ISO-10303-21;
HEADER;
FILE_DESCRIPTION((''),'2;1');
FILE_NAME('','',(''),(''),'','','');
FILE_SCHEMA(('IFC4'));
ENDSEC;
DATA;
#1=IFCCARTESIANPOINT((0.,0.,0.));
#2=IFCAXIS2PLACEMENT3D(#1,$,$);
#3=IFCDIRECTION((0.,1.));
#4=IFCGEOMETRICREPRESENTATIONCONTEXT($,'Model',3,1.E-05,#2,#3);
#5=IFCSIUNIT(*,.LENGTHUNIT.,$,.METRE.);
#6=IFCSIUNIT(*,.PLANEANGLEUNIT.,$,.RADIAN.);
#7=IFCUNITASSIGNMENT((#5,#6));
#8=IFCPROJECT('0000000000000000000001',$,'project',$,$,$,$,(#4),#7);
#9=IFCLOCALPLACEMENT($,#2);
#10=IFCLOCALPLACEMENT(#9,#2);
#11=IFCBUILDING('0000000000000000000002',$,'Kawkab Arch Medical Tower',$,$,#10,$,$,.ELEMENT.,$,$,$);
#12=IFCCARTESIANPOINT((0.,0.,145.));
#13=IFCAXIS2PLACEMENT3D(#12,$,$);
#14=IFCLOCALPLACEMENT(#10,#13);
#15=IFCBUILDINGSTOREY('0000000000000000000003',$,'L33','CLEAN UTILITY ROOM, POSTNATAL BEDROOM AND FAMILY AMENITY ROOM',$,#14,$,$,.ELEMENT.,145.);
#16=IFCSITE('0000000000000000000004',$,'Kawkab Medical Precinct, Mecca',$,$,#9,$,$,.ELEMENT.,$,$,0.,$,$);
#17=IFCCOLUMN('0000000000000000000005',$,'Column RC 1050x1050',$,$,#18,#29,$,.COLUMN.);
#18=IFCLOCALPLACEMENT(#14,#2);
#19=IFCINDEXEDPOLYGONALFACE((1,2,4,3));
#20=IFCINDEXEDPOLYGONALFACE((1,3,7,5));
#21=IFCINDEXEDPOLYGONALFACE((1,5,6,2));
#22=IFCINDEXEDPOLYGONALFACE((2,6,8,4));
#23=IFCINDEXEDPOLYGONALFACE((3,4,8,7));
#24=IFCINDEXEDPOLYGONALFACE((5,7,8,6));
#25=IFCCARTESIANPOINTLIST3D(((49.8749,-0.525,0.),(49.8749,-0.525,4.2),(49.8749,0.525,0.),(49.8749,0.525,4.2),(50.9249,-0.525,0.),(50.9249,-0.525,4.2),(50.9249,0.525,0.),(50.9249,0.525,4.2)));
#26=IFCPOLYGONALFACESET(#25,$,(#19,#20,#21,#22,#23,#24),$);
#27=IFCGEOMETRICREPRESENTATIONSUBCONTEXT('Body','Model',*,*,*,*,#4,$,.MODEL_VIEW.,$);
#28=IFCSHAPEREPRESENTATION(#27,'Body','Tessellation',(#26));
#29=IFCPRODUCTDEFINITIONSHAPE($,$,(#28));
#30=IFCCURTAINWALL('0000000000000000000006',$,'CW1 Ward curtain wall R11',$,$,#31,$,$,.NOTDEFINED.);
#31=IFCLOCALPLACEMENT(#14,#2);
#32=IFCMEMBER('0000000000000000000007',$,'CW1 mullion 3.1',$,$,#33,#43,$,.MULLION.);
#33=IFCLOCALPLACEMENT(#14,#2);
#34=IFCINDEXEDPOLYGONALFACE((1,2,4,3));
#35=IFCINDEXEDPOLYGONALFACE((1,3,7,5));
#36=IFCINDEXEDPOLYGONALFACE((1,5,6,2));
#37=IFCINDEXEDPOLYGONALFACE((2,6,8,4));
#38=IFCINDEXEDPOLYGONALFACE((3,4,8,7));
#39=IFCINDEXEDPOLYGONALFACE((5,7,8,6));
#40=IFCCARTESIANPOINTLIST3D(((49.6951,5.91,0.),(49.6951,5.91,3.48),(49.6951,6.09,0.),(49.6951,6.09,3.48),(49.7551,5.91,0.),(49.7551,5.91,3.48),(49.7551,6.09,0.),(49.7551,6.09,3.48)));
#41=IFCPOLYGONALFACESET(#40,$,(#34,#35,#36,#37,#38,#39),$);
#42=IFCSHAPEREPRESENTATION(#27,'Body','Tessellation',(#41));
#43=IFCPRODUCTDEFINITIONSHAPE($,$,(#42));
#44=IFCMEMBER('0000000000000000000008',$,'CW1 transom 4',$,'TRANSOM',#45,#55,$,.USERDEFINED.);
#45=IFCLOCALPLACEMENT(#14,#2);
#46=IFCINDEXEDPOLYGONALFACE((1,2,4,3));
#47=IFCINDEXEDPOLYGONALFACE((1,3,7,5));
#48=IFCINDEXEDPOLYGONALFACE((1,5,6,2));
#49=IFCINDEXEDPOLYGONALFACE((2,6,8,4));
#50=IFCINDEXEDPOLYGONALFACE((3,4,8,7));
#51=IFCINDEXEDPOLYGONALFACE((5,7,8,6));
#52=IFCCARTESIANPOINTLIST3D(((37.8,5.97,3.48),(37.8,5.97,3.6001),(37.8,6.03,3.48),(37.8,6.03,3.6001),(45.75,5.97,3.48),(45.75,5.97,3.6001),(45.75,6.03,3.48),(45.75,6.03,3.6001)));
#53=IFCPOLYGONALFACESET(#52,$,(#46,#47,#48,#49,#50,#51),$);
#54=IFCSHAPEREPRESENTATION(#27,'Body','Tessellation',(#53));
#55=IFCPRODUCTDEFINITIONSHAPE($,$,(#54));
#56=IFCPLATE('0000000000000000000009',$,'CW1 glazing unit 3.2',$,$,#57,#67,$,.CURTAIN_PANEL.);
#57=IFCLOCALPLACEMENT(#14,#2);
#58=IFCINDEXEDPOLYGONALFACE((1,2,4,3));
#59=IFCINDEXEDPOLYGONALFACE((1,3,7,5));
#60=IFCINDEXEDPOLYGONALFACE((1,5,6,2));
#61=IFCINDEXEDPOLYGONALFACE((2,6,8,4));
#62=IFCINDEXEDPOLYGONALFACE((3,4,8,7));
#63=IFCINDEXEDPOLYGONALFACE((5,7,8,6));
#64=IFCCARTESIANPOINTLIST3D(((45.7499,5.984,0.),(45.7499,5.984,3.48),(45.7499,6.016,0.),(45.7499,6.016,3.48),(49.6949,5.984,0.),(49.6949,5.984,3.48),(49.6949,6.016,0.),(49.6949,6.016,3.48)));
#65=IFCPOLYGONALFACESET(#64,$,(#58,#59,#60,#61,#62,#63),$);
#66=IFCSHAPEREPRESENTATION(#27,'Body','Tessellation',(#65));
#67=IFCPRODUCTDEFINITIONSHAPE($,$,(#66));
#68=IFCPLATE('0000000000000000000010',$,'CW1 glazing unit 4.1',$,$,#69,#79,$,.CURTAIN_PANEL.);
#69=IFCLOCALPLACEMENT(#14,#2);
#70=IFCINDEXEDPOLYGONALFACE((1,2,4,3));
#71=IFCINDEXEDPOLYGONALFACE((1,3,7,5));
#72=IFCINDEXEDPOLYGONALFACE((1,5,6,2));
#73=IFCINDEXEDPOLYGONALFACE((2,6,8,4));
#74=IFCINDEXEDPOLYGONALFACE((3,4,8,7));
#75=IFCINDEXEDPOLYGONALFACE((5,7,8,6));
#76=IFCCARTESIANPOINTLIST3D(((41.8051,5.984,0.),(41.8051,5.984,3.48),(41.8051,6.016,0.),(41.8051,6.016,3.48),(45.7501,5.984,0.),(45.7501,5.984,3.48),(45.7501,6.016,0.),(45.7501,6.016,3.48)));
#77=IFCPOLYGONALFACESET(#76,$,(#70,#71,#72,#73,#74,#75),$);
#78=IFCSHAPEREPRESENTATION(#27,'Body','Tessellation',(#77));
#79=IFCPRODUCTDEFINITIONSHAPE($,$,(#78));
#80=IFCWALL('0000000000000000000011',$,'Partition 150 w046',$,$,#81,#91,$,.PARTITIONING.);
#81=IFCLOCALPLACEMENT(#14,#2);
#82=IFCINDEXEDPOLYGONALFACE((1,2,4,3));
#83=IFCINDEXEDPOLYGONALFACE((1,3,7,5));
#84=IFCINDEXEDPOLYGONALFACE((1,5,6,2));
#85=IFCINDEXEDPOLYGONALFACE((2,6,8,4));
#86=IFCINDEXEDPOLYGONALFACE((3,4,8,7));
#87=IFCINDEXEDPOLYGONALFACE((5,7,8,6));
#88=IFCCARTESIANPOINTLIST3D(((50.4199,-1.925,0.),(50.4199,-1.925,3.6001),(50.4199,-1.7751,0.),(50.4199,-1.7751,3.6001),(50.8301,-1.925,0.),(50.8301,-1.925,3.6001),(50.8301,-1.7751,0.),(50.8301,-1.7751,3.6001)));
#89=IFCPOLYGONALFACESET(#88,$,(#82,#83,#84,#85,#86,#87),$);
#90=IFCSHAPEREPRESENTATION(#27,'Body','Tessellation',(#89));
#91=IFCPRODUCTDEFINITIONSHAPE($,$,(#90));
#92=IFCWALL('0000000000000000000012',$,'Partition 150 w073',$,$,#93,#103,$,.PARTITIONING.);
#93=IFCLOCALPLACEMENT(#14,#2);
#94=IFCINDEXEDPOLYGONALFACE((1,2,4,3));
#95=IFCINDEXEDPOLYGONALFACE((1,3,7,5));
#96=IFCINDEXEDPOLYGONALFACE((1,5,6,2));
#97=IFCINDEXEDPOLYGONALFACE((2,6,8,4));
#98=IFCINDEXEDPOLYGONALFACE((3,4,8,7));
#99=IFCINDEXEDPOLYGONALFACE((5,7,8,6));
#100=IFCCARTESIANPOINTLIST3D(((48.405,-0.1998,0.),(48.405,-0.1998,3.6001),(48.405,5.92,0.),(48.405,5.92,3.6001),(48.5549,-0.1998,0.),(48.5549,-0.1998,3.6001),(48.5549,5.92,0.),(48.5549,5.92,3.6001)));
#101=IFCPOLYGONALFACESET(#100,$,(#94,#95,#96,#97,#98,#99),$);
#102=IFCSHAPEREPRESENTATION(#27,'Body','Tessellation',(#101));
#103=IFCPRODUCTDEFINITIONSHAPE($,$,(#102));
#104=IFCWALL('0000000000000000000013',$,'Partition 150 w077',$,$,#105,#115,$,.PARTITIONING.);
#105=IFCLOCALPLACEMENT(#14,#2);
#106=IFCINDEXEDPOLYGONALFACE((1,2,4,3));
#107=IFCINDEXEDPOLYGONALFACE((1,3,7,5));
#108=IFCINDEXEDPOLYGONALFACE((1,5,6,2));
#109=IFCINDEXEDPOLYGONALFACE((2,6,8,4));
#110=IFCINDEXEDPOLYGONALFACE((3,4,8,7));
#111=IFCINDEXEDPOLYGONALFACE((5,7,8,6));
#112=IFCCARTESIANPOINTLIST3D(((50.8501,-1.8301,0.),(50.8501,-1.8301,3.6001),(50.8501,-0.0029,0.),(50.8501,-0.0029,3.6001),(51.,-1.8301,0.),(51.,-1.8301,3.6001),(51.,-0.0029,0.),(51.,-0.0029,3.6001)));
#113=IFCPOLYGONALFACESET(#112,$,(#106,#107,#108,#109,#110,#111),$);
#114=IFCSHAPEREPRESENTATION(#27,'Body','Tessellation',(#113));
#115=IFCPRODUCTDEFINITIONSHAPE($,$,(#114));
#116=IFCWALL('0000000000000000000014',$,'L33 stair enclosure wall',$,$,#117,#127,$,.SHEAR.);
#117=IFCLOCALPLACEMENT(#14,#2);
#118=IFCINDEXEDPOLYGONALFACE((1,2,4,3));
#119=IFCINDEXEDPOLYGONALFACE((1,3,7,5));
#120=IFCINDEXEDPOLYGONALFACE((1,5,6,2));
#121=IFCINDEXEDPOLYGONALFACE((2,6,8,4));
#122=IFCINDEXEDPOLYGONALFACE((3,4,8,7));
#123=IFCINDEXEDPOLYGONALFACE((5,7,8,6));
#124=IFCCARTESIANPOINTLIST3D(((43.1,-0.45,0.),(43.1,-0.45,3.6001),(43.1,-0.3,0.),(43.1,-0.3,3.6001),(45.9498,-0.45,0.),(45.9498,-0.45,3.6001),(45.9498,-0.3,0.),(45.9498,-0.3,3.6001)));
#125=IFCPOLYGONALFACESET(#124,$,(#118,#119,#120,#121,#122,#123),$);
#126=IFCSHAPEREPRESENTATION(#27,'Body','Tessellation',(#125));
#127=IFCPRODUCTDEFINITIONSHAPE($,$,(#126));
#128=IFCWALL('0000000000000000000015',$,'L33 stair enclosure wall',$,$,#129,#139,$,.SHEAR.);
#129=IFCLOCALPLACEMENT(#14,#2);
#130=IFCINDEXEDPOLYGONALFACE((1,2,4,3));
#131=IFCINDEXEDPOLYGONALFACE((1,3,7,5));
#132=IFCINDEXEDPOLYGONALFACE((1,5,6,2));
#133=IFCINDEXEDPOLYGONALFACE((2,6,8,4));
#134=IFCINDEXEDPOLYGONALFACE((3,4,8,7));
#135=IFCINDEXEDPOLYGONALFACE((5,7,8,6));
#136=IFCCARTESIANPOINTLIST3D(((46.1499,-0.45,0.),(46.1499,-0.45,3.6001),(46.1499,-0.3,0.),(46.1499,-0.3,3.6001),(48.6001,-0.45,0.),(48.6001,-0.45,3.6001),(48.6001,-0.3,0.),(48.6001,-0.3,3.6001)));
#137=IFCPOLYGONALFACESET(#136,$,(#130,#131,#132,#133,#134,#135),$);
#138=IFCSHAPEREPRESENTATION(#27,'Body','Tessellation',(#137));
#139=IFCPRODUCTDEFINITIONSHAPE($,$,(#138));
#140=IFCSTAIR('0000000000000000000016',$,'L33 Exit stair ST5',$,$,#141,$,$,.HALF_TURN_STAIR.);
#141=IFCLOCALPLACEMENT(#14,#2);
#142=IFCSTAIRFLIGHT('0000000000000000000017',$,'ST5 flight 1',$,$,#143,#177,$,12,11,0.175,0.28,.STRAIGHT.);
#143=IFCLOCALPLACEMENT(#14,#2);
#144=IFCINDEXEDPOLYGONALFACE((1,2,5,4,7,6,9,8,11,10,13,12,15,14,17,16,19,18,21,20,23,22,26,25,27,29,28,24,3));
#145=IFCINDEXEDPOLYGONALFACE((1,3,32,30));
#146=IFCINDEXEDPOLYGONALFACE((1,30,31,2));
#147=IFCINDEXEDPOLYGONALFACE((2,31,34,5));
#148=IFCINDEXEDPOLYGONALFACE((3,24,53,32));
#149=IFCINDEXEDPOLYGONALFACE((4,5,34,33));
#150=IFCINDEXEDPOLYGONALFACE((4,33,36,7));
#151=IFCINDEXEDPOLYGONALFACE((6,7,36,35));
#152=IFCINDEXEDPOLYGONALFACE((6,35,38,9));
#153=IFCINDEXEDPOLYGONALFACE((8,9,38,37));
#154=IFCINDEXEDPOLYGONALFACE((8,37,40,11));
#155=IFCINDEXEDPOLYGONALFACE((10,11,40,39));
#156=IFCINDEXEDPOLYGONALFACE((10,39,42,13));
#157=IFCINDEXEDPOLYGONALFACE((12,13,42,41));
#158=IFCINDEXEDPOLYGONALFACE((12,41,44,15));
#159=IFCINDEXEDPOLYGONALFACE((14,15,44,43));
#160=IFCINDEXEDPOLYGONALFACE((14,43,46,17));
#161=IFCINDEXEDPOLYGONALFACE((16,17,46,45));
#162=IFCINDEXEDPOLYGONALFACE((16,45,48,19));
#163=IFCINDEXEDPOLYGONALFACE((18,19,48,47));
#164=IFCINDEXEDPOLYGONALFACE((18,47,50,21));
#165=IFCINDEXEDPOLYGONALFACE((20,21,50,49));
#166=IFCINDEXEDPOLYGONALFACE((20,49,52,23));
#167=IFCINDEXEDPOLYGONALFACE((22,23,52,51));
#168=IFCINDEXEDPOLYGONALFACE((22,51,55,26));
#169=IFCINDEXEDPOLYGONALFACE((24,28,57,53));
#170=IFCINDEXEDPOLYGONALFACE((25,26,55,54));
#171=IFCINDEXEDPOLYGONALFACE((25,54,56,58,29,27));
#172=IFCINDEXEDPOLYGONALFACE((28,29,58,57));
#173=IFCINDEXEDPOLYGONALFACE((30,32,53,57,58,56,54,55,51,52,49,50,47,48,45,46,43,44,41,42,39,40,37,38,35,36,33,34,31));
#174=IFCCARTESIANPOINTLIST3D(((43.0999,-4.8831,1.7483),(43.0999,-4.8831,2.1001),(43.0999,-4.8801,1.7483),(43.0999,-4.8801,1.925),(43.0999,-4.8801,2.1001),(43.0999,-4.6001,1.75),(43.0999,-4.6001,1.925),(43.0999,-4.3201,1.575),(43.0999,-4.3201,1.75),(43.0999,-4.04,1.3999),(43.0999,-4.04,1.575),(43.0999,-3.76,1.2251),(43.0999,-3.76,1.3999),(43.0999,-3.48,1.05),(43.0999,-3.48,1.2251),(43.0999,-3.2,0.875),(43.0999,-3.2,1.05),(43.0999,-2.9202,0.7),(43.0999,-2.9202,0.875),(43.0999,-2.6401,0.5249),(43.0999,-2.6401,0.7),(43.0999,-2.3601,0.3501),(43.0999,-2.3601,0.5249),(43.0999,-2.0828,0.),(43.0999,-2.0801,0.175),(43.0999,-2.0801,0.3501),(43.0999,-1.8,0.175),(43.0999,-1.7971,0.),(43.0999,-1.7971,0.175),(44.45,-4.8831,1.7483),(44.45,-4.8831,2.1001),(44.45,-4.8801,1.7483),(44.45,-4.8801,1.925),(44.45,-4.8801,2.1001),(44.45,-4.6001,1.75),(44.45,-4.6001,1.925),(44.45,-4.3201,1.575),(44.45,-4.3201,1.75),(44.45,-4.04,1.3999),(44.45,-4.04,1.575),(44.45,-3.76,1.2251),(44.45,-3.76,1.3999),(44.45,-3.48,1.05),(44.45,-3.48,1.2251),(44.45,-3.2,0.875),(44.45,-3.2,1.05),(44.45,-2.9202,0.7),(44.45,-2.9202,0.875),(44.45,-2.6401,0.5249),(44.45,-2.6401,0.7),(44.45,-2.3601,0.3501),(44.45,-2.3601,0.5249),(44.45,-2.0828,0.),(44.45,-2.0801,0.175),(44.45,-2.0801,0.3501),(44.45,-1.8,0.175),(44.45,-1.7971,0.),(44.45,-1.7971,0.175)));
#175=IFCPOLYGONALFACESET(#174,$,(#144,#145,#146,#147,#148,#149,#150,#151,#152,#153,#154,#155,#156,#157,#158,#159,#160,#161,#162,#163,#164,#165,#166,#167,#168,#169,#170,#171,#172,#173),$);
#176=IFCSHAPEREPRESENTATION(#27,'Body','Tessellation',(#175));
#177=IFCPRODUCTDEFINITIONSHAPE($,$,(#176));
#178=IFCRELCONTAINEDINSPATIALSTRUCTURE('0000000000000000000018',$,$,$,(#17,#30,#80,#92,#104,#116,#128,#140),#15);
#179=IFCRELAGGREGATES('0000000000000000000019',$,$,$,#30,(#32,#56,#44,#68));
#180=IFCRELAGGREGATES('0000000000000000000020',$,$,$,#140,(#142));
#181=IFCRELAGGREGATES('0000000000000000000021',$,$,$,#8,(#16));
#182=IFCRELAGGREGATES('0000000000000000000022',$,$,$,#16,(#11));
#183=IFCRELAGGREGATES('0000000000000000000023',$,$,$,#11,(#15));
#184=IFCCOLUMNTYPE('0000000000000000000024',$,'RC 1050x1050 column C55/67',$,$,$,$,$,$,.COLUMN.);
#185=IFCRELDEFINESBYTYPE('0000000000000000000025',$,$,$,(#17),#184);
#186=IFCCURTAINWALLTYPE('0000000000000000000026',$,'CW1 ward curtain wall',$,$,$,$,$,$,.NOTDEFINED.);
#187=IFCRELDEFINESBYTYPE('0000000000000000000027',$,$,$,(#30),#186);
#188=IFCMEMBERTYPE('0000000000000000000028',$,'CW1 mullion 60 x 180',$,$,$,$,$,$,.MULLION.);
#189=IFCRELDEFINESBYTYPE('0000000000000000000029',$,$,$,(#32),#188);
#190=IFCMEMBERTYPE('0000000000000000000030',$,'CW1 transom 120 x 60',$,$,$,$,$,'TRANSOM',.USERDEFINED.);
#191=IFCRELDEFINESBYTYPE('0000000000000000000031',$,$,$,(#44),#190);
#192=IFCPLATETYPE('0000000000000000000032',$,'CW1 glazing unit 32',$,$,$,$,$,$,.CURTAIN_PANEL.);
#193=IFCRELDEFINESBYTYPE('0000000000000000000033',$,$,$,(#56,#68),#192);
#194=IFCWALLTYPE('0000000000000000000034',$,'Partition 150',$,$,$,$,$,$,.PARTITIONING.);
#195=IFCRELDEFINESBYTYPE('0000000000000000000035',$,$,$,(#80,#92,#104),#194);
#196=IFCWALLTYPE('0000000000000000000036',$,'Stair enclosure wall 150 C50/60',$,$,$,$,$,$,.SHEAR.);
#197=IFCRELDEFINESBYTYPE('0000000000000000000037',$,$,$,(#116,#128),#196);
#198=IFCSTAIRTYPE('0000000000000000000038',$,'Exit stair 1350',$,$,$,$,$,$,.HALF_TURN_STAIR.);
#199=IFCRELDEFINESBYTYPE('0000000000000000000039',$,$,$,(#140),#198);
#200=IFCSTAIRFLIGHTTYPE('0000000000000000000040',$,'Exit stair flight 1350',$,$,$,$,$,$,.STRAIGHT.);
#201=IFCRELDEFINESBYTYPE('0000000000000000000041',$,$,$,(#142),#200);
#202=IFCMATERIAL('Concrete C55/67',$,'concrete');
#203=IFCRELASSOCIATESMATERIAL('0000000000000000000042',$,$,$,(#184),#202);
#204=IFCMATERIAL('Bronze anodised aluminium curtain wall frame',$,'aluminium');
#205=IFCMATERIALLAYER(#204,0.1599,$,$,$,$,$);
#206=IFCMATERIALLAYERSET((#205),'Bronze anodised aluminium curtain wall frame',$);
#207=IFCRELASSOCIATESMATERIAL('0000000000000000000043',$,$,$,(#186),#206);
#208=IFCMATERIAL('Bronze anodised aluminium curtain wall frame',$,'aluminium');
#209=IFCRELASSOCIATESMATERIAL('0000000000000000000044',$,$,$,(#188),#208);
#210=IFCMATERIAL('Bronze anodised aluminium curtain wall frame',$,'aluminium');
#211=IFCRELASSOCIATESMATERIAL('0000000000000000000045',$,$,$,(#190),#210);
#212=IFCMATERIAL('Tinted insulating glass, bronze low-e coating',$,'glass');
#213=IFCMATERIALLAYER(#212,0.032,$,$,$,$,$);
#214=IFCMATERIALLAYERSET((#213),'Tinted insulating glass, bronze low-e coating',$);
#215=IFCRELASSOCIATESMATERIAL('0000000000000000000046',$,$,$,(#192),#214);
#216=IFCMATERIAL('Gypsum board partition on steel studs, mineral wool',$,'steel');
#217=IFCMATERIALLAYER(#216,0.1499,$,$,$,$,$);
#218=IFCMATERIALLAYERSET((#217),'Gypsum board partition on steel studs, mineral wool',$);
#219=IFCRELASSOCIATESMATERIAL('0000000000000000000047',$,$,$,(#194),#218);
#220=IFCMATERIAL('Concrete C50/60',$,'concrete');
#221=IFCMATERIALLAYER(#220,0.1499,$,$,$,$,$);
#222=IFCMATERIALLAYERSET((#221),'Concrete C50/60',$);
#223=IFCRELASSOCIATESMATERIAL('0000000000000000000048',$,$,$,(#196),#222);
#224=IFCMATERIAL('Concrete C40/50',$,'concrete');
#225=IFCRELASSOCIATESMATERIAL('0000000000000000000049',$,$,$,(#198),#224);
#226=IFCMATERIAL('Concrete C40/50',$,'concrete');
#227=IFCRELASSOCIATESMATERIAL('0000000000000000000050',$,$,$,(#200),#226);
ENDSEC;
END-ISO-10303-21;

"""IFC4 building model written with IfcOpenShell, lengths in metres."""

from ifc_helpers import new_model, si_unit, direction, frame, frame_2d, origin, origin_2d, place, context, subcontext, project, spatial, polyline, rectangle, outline, extrude, material, layer, layer_set, material_profile, profile_set, type_object, element, aggregate, save


model = new_model("IFC4")

# Units and contexts
model_context = context("Model", 3, precision=1e-05, world=origin(), true_north=direction((0.0, 1.0)))
body_context = subcontext(model_context, "Body", "Model", "MODEL_VIEW")
ifc_project = project(units=[si_unit("LENGTHUNIT", "METRE"), si_unit("PLANEANGLEUNIT", "RADIAN")], contexts=[model_context])

# Site, building, storey
site_placement = place(None, origin())
site = spatial("IfcSite", under=ifc_project, at=site_placement, Name="Kawkab Medical Precinct, Mecca", CompositionType="ELEMENT", RefElevation=0.0)
building_placement = place(site_placement, origin())
building = spatial("IfcBuilding", under=site, at=building_placement, Name="Kawkab Arch Medical Tower", CompositionType="ELEMENT")
storey_placement = place(building_placement, frame((0.0, 0.0, 145.0)))
storey = spatial("IfcBuildingStorey", under=building, at=storey_placement, Name="L33", Description="CLEAN UTILITY ROOM, POSTNATAL BEDROOM AND FAMILY AMENITY ROOM", CompositionType="ELEMENT", Elevation=145.0)

# Column
ifc_material_1 = material(Name="Concrete C55/67", Category="concrete")
ifc_material_profile_1 = material_profile(ifc_material_1, rectangle(XDim=1.05, YDim=1.05, at=origin_2d()), Name="RC 1050x1050")
ifc_profile_set_1 = profile_set([ifc_material_profile_1], Name="Concrete C55/67")
column_type = type_object("IfcColumnType", Name="RC 1050x1050 column C55/67", PredefinedType="COLUMN", material=ifc_profile_set_1)
column_placement = place(storey_placement, frame((50.3999, 0.0, 0.0), z_axis=(0.0, 0.0, 1.0), x_axis=(1.0, 0.0, 0.0)))
element("IfcColumn", 1, at=column_placement, inside=storey, type_object=column_type, Name="Column RC 1050x1050", PredefinedType="COLUMN", context=body_context, shape_type="SweptSolid", body=[
    extrude(rectangle(XDim=1.05, YDim=1.05, at=origin_2d()), origin(), (0.0, 0.0, 1.0), 4.2),
])

# Curtain wall, members, plates
ifc_material_2 = material(Name="Bronze anodised aluminium curtain wall frame", Category="aluminium")
ifc_layer_1 = layer(ifc_material_2, 0.1599)
ifc_layer_set_1 = layer_set([ifc_layer_1], Name="Bronze anodised aluminium curtain wall frame")
curtain_wall_type = type_object("IfcCurtainWallType", Name="CW1 ward curtain wall", PredefinedType="NOTDEFINED", material=ifc_layer_set_1)
placement = place(storey_placement, origin())
curtain_wall = element("IfcCurtainWall", 2, at=placement, inside=storey, type_object=curtain_wall_type, Name="CW1 Ward curtain wall R11", PredefinedType="NOTDEFINED")
ifc_material_3 = material(Name="Bronze anodised aluminium curtain wall frame", Category="aluminium")
ifc_material_profile_2 = material_profile(ifc_material_3, rectangle(XDim=0.1799, YDim=0.0601, at=origin_2d()), Name="AL 60x180")
ifc_profile_set_2 = profile_set([ifc_material_profile_2], Name="Bronze anodised aluminium curtain wall frame")
member_type_1 = type_object("IfcMemberType", Name="CW1 mullion 60 x 180", PredefinedType="MULLION", material=ifc_profile_set_2)
member_1_placement = place(storey_placement, frame((49.7251, 6.0, 0.0), z_axis=(0.0, 0.0, 1.0), x_axis=(0.0, -1.0, 0.0)))
member_1 = element("IfcMember", 3, at=member_1_placement, type_object=member_type_1, Name="CW1 mullion 3.1", PredefinedType="MULLION", context=body_context, shape_type="SweptSolid", body=[
    extrude(rectangle(XDim=0.1799, YDim=0.0601, at=origin_2d()), origin(), (0.0, 0.0, 1.0), 3.48),
])
ifc_material_4 = material(Name="Bronze anodised aluminium curtain wall frame", Category="aluminium")
ifc_material_profile_3 = material_profile(ifc_material_4, rectangle(XDim=0.0601, YDim=0.1201, at=origin_2d()), Name="AL 60x120")
ifc_profile_set_3 = profile_set([ifc_material_profile_3], Name="Bronze anodised aluminium curtain wall frame")
member_type_2 = type_object("IfcMemberType", Name="CW1 transom 120 x 60", ElementType="TRANSOM", PredefinedType="USERDEFINED", material=ifc_profile_set_3)
member_2_placement = place(storey_placement, frame((45.75, 6.0, 3.54), z_axis=(-1.0, 0.0, 0.0), x_axis=(0.0, -1.0, 0.0)))
member_2 = element("IfcMember", 4, at=member_2_placement, type_object=member_type_2, Name="CW1 transom 4", ObjectType="TRANSOM", PredefinedType="USERDEFINED", context=body_context, shape_type="SweptSolid", body=[
    extrude(rectangle(XDim=0.0601, YDim=0.1201, at=origin_2d()), origin(), (0.0, 0.0, 1.0), 7.95),
])
ifc_material_5 = material(Name="Tinted insulating glass, bronze low-e coating", Category="glass")
ifc_layer_2 = layer(ifc_material_5, 0.032)
ifc_layer_set_2 = layer_set([ifc_layer_2], Name="Tinted insulating glass, bronze low-e coating")
plate_type = type_object("IfcPlateType", Name="CW1 glazing unit 32", PredefinedType="CURTAIN_PANEL", material=ifc_layer_set_2)
plate_1_placement = place(storey_placement, frame((47.7224, 6.0, 0.0), z_axis=(0.0, 0.0, 1.0), x_axis=(-1.0, 0.0, 0.0)))
plate_1 = element("IfcPlate", 5, at=plate_1_placement, type_object=plate_type, Name="CW1 glazing unit 3.2", PredefinedType="CURTAIN_PANEL", context=body_context, shape_type="SweptSolid", body=[
    extrude(rectangle(XDim=3.9451, YDim=0.032, at=origin_2d()), origin(), (0.0, 0.0, 1.0), 3.48),
])
plate_2_placement = place(storey_placement, frame((43.7776, 6.0, 0.0), z_axis=(0.0, 0.0, 1.0), x_axis=(-1.0, 0.0, 0.0)))
plate_2 = element("IfcPlate", 6, at=plate_2_placement, type_object=plate_type, Name="CW1 glazing unit 4.1", PredefinedType="CURTAIN_PANEL", context=body_context, shape_type="SweptSolid", body=[
    extrude(rectangle(XDim=3.9451, YDim=0.032, at=origin_2d()), origin(), (0.0, 0.0, 1.0), 3.48),
])
aggregate(curtain_wall, [member_1, plate_1, member_2, plate_2])

# Walls
ifc_material_6 = material(Name="Gypsum board partition on steel studs, mineral wool", Category="steel")
ifc_layer_3 = layer(ifc_material_6, 0.1499)
ifc_layer_set_3 = layer_set([ifc_layer_3], Name="Gypsum board partition on steel studs, mineral wool")
wall_type_1 = type_object("IfcWallType", Name="Partition 150", PredefinedType="PARTITIONING", material=ifc_layer_set_3)
wall_1_placement = place(storey_placement, frame((50.4199, -1.8501, 0.0), z_axis=(0.0, 0.0, 1.0), x_axis=(1.0, 0.0, 0.0)))
element("IfcWall", 7, at=wall_1_placement, inside=storey, type_object=wall_type_1, Name="Partition 150 w046", PredefinedType="PARTITIONING", context=body_context, shape_type="SweptSolid", body=[
    extrude(rectangle(XDim=0.4102, YDim=0.1499, at=frame_2d((0.2051, 0.0))), origin(), (0.0, 0.0, 1.0), 3.6001),
])
wall_2_placement = place(storey_placement, frame((48.48, -0.2, 0.0), z_axis=(0.0, 0.0, 1.0), x_axis=(0.0, 1.0, 0.0)))
element("IfcWall", 8, at=wall_2_placement, inside=storey, type_object=wall_type_1, Name="Partition 150 w073", PredefinedType="PARTITIONING", context=body_context, shape_type="SweptSolid", body=[
    extrude(rectangle(XDim=6.1199, YDim=0.1499, at=frame_2d((3.0601, 0.0))), origin(), (0.0, 0.0, 1.0), 3.6001),
])
wall_3_placement = place(storey_placement, frame((50.925, -1.8301, 0.0), z_axis=(0.0, 0.0, 1.0), x_axis=(0.0, 1.0, 0.0)))
element("IfcWall", 9, at=wall_3_placement, inside=storey, type_object=wall_type_1, Name="Partition 150 w077", PredefinedType="PARTITIONING", context=body_context, shape_type="SweptSolid", body=[
    extrude(rectangle(XDim=1.8271, YDim=0.1499, at=frame_2d((0.9136, 0.0))), origin(), (0.0, 0.0, 1.0), 3.6001),
])
ifc_material_7 = material(Name="Concrete C50/60", Category="concrete")
ifc_layer_4 = layer(ifc_material_7, 0.1499)
ifc_layer_set_4 = layer_set([ifc_layer_4], Name="Concrete C50/60")
wall_type_2 = type_object("IfcWallType", Name="Stair enclosure wall 150 C50/60", PredefinedType="SHEAR", material=ifc_layer_set_4)
wall_4_placement = place(storey_placement, frame((43.1001, -0.375, 0.0), z_axis=(0.0, 0.0, 1.0), x_axis=(1.0, 0.0, 0.0)))
element("IfcWall", 10, at=wall_4_placement, inside=storey, type_object=wall_type_2, Name="L33 stair enclosure wall", PredefinedType="SHEAR", context=body_context, shape_type="SweptSolid", body=[
    extrude(rectangle(XDim=2.8499, YDim=0.1499, at=frame_2d((1.4248, 0.0))), origin(), (0.0, 0.0, 1.0), 3.6001),
])
wall_5_placement = place(storey_placement, frame((46.1499, -0.375, 0.0), z_axis=(0.0, 0.0, 1.0), x_axis=(1.0, 0.0, 0.0)))
element("IfcWall", 11, at=wall_5_placement, inside=storey, type_object=wall_type_2, Name="L33 stair enclosure wall", PredefinedType="SHEAR", context=body_context, shape_type="SweptSolid", body=[
    extrude(rectangle(XDim=2.4502, YDim=0.1499, at=frame_2d((1.2251, 0.0))), origin(), (0.0, 0.0, 1.0), 3.6001),
])

# Stair, stair flight
ifc_material_8 = material(Name="Concrete C40/50", Category="concrete")
stair_type = type_object("IfcStairType", Name="Exit stair 1350", PredefinedType="HALF_TURN_STAIR", material=ifc_material_8)
stair = element("IfcStair", 12, at=placement, inside=storey, type_object=stair_type, Name="L33 Exit stair ST5", PredefinedType="HALF_TURN_STAIR")
ifc_material_9 = material(Name="Concrete C40/50", Category="concrete")
stair_flight_type = type_object("IfcStairFlightType", Name="Exit stair flight 1350", PredefinedType="STRAIGHT", material=ifc_material_9)
stair_flight_placement = place(storey_placement, frame((43.7749, -1.8, 0.0), z_axis=(0.0, 0.0, 1.0), x_axis=(0.0, -1.0, 0.0)))
stair_flight = element("IfcStairFlight", 13, at=stair_flight_placement, type_object=stair_flight_type, Name="ST5 flight 1", NumberOfRisers=12, NumberOfTreads=11, PredefinedType="STRAIGHT", RiserHeight=0.175, TreadLength=0.28, context=body_context, shape_type="SweptSolid", body=[
    extrude(outline(polyline([(-0.0029, 0.0), (-0.0029, 0.175), (0.0, 0.175), (0.28, 0.175), (0.28, 0.3501), (0.5601, 0.3501), (0.5601, 0.5249), (0.8401, 0.5249), (0.8401, 0.7), (1.1201, 0.7), (1.1201, 0.875), (1.3999, 0.875), (1.3999, 1.05), (1.6799, 1.05), (1.6799, 1.2251), (1.96, 1.2251), (1.96, 1.3999), (2.24, 1.3999), (2.24, 1.575), (2.52, 1.575), (2.52, 1.75), (2.8, 1.75), (2.8, 1.925), (3.0801, 1.925), (3.0801, 2.1001), (3.083, 2.1001), (3.083, 1.7483), (3.0801, 1.7483), (0.2827, 0.0), (-0.0029, 0.0)])), frame((0.0, 0.675, 0.0), z_axis=(0.0, -1.0, 0.0), x_axis=(1.0, 0.0, 0.0)), (0.0, 0.0, 1.0), 1.3501),
])
aggregate(stair, [stair_flight])

save(model, "model.ifc")
